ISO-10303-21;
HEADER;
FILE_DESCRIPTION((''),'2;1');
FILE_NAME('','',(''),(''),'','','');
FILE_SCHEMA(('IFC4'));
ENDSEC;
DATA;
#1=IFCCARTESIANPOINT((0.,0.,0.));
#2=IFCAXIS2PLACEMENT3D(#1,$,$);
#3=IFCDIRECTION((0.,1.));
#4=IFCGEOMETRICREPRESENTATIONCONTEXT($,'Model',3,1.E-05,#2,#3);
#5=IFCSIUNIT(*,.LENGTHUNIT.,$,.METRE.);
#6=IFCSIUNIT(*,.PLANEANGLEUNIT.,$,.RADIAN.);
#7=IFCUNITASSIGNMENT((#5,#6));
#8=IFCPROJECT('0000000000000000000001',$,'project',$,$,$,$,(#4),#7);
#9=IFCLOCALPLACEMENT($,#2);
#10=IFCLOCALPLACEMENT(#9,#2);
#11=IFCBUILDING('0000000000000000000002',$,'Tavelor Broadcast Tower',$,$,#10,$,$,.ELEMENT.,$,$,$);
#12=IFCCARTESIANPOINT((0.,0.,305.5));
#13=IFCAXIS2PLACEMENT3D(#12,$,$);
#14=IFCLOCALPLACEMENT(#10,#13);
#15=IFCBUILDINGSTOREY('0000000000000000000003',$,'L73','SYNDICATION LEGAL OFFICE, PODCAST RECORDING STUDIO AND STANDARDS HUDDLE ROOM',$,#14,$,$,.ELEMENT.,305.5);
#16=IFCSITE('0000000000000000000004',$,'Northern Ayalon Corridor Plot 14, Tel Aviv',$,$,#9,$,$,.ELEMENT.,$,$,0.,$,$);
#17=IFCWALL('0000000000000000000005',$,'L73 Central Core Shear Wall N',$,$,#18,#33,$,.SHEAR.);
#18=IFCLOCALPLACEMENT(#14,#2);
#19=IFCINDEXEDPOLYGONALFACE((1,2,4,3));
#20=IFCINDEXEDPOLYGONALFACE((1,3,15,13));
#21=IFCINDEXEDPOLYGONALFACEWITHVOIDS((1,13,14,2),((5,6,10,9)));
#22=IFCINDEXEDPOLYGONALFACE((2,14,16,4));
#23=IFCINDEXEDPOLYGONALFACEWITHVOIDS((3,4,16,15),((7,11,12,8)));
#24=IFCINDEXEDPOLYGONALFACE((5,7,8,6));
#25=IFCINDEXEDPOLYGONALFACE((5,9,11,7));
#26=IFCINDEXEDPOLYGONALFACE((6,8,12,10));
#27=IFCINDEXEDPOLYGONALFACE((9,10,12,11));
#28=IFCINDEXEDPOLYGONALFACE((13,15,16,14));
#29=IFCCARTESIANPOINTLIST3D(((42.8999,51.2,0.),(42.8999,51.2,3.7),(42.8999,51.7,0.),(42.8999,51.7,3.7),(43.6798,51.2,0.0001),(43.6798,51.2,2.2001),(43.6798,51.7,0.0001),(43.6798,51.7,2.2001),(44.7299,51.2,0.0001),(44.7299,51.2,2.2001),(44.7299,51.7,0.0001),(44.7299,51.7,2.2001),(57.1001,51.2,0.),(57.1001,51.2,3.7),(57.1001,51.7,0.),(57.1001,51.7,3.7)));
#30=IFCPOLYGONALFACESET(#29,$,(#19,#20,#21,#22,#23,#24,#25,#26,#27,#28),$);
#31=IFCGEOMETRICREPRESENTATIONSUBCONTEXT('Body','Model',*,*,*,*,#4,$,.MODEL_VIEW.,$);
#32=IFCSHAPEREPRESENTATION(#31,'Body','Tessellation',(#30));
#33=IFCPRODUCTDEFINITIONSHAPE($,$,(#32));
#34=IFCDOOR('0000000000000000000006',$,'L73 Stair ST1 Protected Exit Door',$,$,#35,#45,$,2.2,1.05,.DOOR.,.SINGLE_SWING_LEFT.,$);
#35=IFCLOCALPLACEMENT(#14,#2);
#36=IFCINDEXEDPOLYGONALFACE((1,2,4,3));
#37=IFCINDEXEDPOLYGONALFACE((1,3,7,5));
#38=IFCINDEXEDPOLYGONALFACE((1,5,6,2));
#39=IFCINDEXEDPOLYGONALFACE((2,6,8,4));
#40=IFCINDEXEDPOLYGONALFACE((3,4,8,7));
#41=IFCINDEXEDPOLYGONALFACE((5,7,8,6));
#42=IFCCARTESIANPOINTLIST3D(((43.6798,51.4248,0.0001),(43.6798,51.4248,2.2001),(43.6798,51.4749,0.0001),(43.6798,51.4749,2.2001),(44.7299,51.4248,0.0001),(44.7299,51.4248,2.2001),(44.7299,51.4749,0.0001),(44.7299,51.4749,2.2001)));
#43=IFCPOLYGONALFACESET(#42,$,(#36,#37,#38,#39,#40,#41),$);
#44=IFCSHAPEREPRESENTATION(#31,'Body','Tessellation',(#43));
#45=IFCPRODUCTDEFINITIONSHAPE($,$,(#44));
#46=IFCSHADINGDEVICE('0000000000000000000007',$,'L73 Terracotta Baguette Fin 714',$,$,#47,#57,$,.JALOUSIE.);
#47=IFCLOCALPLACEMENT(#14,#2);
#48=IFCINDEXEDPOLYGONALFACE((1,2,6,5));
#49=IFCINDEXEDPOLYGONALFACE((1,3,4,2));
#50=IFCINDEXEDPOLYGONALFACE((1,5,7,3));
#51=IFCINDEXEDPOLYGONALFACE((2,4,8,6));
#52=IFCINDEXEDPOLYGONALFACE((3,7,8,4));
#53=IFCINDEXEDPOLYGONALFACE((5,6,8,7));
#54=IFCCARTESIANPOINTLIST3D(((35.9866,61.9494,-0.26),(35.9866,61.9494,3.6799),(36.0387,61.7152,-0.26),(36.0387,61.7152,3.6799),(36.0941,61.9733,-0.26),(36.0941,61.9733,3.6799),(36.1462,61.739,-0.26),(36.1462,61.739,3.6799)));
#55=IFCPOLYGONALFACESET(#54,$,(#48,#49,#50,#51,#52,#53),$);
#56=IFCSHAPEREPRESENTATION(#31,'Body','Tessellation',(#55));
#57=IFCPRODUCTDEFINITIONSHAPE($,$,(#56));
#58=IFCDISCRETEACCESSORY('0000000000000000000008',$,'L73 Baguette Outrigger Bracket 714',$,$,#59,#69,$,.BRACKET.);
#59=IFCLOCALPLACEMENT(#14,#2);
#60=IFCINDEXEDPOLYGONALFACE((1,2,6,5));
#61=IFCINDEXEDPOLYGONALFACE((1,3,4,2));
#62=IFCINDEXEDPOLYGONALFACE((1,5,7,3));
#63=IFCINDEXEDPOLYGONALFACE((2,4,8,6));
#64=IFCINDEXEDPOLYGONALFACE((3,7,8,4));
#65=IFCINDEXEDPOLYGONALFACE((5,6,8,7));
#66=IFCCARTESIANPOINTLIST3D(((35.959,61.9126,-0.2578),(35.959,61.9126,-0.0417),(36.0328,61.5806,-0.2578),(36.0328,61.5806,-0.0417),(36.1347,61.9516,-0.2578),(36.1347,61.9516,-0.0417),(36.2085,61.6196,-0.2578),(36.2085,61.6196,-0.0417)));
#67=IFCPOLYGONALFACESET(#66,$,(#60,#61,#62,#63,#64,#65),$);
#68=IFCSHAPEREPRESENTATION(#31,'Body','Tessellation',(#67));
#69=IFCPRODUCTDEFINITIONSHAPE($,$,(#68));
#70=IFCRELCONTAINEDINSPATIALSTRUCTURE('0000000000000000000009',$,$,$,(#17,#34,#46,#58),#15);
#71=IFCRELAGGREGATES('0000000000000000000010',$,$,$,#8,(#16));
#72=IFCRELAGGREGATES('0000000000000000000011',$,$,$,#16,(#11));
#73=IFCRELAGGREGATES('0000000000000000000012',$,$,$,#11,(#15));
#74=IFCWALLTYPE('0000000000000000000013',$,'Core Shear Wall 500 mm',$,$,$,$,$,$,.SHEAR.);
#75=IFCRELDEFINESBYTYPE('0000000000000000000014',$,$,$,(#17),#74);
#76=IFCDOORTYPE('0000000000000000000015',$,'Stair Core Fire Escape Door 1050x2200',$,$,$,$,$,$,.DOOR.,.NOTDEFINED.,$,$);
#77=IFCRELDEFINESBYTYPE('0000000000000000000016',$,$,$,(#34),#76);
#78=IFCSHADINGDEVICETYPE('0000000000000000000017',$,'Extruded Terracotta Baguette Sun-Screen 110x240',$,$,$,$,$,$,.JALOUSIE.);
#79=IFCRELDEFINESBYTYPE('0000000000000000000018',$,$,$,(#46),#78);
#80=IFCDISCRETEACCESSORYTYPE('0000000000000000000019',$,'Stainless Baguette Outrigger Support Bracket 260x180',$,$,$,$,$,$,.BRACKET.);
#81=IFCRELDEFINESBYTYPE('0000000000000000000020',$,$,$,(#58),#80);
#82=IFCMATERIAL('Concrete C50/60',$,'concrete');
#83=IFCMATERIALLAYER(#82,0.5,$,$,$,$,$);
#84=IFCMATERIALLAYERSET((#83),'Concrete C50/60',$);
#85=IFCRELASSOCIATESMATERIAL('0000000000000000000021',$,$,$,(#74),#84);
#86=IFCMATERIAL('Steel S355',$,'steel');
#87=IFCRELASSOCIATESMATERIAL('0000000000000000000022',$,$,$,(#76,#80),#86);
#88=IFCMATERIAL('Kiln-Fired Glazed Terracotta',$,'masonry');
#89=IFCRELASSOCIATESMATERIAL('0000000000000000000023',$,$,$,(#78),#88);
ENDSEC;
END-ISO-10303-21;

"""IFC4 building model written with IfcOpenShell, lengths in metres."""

from ifc_helpers import new_model, si_unit, direction, frame, frame_2d, origin, origin_2d, place, context, subcontext, project, spatial, rectangle, extrude, source, transform, mapped, material, layer, layer_set, type_object, type_shapes, element, fill, save


model = new_model("IFC4")

# Units and contexts
model_context = context("Model", 3, precision=1e-05, world=origin(), true_north=direction((0.0, 1.0)))
body_context = subcontext(model_context, "Body", "Model", "MODEL_VIEW")
ifc_project = project(units=[si_unit("LENGTHUNIT", "METRE"), si_unit("PLANEANGLEUNIT", "RADIAN")], contexts=[model_context])

# Site, building, storey
site_placement = place(None, origin())
site = spatial("IfcSite", under=ifc_project, at=site_placement, Name="Northern Ayalon Corridor Plot 14, Tel Aviv", CompositionType="ELEMENT", RefElevation=0.0)
building_placement = place(site_placement, origin())
building = spatial("IfcBuilding", under=site, at=building_placement, Name="Tavelor Broadcast Tower", CompositionType="ELEMENT")
storey_placement = place(building_placement, frame((0.0, 0.0, 305.5)))
storey = spatial("IfcBuildingStorey", under=building, at=storey_placement, Name="L73", Description="SYNDICATION LEGAL OFFICE, PODCAST RECORDING STUDIO AND STANDARDS HUDDLE ROOM", CompositionType="ELEMENT", Elevation=305.5)

# Shared definitions
ifc_material_1 = material(Name="Steel S355", Category="steel")

# Wall, opening, door
ifc_material_2 = material(Name="Concrete C50/60", Category="concrete")
ifc_layer_1 = layer(ifc_material_2, 0.5)
ifc_layer_set_1 = layer_set([ifc_layer_1], Name="Concrete C50/60")
wall_type = type_object("IfcWallType", Name="Core Shear Wall 500 mm", PredefinedType="SHEAR", material=ifc_layer_set_1)
wall_placement = place(storey_placement, frame((42.8999, 51.45, 0.0), z_axis=(0.0, 0.0, 1.0), x_axis=(1.0, 0.0, 0.0)))
wall = element("IfcWall", 1, at=wall_placement, inside=storey, type_object=wall_type, Name="L73 Central Core Shear Wall N", PredefinedType="SHEAR", context=body_context, shape_type="SweptSolid", body=[
    extrude(rectangle(XDim=14.2002, YDim=0.5, at=frame_2d((7.1001, 0.0))), origin(), (0.0, 0.0, 1.0), 3.7),
])
opening_placement = place(wall_placement, frame((0.78, 0.0, 0.0)))
opening = element("IfcOpeningElement", 2, at=opening_placement, cuts=wall, PredefinedType="OPENING", context=body_context, shape_type="SweptSolid", body=[
    extrude(rectangle(XDim=1.05, YDim=2.2, at=frame_2d((0.5249, 1.1001))), frame((0.0, 0.26, 0.0), z_axis=(0.0, -1.0, 0.0), x_axis=(1.0, 0.0, 0.0)), (0.0, 0.0, 1.0), 0.52),
])
door_type = type_object("IfcDoorType", Name="Stair Core Fire Escape Door 1050x2200", OperationType="NOTDEFINED", PredefinedType="DOOR", material=ifc_material_1)
door_placement = place(opening_placement, origin())
door = element("IfcDoor", 3, at=door_placement, inside=storey, type_object=door_type, Name="L73 Stair ST1 Protected Exit Door", OperationType="SINGLE_SWING_LEFT", OverallHeight=2.2, OverallWidth=1.05, PredefinedType="DOOR", context=body_context, shape_type="SweptSolid", body=[
    extrude(rectangle(XDim=1.05, YDim=2.2, at=frame_2d((0.5249, 1.1001))), frame((0.0, 0.0249, 0.0), z_axis=(0.0, -1.0, 0.0), x_axis=(1.0, 0.0, 0.0)), (0.0, 0.0, 1.0), 0.05),
])
fill(opening, door)

# Shading device
ifc_material_3 = material(Name="Kiln-Fired Glazed Terracotta", Category="masonry")
shading_device_type = type_object("IfcShadingDeviceType", Name="Extruded Terracotta Baguette Sun-Screen 110x240", PredefinedType="JALOUSIE", material=ifc_material_3)
shared_shape_1 = source(origin(), body_context, "Body", "SweptSolid", [
    extrude(rectangle(XDim=0.1101, YDim=0.24, at=origin_2d()), origin(), (0.0, 0.0, 1.0), 3.9399),
])
type_shapes(shading_device_type, [shared_shape_1])
shading_device_placement = place(storey_placement, frame((36.0664, 61.8442, -0.26), z_axis=(0.0, 0.0, 1.0), x_axis=(-0.976183, -0.216951, 0.0)))
element("IfcShadingDevice", 4, at=shading_device_placement, inside=storey, type_object=shading_device_type, Name="L73 Terracotta Baguette Fin 714", PredefinedType="JALOUSIE", context=body_context, shape_type="MappedRepresentation", body=[
    mapped(shared_shape_1, transform((0.0, 0.0, 0.0), scale=1.0)),
])

# Discrete accessory
discrete_accessory_type = type_object("IfcDiscreteAccessoryType", Name="Stainless Baguette Outrigger Support Bracket 260x180", PredefinedType="BRACKET", material=ifc_material_1)
shared_shape_2 = source(origin(), body_context, "Body", "SweptSolid", [
    extrude(rectangle(XDim=0.1799, YDim=0.3401, at=origin_2d()), origin(), (0.0, 0.0, 1.0), 0.2161),
])
type_shapes(discrete_accessory_type, [shared_shape_2])
discrete_accessory_placement = place(storey_placement, frame((36.0837, 61.7661, -0.2578), z_axis=(0.0, 0.0, 1.0), x_axis=(-0.976183, -0.216951, 0.0)))
element("IfcDiscreteAccessory", 5, at=discrete_accessory_placement, inside=storey, type_object=discrete_accessory_type, Name="L73 Baguette Outrigger Bracket 714", PredefinedType="BRACKET", context=body_context, shape_type="MappedRepresentation", body=[
    mapped(shared_shape_2, transform((0.0, 0.0, 0.0), scale=1.0)),
])

save(model, "model.ifc")
